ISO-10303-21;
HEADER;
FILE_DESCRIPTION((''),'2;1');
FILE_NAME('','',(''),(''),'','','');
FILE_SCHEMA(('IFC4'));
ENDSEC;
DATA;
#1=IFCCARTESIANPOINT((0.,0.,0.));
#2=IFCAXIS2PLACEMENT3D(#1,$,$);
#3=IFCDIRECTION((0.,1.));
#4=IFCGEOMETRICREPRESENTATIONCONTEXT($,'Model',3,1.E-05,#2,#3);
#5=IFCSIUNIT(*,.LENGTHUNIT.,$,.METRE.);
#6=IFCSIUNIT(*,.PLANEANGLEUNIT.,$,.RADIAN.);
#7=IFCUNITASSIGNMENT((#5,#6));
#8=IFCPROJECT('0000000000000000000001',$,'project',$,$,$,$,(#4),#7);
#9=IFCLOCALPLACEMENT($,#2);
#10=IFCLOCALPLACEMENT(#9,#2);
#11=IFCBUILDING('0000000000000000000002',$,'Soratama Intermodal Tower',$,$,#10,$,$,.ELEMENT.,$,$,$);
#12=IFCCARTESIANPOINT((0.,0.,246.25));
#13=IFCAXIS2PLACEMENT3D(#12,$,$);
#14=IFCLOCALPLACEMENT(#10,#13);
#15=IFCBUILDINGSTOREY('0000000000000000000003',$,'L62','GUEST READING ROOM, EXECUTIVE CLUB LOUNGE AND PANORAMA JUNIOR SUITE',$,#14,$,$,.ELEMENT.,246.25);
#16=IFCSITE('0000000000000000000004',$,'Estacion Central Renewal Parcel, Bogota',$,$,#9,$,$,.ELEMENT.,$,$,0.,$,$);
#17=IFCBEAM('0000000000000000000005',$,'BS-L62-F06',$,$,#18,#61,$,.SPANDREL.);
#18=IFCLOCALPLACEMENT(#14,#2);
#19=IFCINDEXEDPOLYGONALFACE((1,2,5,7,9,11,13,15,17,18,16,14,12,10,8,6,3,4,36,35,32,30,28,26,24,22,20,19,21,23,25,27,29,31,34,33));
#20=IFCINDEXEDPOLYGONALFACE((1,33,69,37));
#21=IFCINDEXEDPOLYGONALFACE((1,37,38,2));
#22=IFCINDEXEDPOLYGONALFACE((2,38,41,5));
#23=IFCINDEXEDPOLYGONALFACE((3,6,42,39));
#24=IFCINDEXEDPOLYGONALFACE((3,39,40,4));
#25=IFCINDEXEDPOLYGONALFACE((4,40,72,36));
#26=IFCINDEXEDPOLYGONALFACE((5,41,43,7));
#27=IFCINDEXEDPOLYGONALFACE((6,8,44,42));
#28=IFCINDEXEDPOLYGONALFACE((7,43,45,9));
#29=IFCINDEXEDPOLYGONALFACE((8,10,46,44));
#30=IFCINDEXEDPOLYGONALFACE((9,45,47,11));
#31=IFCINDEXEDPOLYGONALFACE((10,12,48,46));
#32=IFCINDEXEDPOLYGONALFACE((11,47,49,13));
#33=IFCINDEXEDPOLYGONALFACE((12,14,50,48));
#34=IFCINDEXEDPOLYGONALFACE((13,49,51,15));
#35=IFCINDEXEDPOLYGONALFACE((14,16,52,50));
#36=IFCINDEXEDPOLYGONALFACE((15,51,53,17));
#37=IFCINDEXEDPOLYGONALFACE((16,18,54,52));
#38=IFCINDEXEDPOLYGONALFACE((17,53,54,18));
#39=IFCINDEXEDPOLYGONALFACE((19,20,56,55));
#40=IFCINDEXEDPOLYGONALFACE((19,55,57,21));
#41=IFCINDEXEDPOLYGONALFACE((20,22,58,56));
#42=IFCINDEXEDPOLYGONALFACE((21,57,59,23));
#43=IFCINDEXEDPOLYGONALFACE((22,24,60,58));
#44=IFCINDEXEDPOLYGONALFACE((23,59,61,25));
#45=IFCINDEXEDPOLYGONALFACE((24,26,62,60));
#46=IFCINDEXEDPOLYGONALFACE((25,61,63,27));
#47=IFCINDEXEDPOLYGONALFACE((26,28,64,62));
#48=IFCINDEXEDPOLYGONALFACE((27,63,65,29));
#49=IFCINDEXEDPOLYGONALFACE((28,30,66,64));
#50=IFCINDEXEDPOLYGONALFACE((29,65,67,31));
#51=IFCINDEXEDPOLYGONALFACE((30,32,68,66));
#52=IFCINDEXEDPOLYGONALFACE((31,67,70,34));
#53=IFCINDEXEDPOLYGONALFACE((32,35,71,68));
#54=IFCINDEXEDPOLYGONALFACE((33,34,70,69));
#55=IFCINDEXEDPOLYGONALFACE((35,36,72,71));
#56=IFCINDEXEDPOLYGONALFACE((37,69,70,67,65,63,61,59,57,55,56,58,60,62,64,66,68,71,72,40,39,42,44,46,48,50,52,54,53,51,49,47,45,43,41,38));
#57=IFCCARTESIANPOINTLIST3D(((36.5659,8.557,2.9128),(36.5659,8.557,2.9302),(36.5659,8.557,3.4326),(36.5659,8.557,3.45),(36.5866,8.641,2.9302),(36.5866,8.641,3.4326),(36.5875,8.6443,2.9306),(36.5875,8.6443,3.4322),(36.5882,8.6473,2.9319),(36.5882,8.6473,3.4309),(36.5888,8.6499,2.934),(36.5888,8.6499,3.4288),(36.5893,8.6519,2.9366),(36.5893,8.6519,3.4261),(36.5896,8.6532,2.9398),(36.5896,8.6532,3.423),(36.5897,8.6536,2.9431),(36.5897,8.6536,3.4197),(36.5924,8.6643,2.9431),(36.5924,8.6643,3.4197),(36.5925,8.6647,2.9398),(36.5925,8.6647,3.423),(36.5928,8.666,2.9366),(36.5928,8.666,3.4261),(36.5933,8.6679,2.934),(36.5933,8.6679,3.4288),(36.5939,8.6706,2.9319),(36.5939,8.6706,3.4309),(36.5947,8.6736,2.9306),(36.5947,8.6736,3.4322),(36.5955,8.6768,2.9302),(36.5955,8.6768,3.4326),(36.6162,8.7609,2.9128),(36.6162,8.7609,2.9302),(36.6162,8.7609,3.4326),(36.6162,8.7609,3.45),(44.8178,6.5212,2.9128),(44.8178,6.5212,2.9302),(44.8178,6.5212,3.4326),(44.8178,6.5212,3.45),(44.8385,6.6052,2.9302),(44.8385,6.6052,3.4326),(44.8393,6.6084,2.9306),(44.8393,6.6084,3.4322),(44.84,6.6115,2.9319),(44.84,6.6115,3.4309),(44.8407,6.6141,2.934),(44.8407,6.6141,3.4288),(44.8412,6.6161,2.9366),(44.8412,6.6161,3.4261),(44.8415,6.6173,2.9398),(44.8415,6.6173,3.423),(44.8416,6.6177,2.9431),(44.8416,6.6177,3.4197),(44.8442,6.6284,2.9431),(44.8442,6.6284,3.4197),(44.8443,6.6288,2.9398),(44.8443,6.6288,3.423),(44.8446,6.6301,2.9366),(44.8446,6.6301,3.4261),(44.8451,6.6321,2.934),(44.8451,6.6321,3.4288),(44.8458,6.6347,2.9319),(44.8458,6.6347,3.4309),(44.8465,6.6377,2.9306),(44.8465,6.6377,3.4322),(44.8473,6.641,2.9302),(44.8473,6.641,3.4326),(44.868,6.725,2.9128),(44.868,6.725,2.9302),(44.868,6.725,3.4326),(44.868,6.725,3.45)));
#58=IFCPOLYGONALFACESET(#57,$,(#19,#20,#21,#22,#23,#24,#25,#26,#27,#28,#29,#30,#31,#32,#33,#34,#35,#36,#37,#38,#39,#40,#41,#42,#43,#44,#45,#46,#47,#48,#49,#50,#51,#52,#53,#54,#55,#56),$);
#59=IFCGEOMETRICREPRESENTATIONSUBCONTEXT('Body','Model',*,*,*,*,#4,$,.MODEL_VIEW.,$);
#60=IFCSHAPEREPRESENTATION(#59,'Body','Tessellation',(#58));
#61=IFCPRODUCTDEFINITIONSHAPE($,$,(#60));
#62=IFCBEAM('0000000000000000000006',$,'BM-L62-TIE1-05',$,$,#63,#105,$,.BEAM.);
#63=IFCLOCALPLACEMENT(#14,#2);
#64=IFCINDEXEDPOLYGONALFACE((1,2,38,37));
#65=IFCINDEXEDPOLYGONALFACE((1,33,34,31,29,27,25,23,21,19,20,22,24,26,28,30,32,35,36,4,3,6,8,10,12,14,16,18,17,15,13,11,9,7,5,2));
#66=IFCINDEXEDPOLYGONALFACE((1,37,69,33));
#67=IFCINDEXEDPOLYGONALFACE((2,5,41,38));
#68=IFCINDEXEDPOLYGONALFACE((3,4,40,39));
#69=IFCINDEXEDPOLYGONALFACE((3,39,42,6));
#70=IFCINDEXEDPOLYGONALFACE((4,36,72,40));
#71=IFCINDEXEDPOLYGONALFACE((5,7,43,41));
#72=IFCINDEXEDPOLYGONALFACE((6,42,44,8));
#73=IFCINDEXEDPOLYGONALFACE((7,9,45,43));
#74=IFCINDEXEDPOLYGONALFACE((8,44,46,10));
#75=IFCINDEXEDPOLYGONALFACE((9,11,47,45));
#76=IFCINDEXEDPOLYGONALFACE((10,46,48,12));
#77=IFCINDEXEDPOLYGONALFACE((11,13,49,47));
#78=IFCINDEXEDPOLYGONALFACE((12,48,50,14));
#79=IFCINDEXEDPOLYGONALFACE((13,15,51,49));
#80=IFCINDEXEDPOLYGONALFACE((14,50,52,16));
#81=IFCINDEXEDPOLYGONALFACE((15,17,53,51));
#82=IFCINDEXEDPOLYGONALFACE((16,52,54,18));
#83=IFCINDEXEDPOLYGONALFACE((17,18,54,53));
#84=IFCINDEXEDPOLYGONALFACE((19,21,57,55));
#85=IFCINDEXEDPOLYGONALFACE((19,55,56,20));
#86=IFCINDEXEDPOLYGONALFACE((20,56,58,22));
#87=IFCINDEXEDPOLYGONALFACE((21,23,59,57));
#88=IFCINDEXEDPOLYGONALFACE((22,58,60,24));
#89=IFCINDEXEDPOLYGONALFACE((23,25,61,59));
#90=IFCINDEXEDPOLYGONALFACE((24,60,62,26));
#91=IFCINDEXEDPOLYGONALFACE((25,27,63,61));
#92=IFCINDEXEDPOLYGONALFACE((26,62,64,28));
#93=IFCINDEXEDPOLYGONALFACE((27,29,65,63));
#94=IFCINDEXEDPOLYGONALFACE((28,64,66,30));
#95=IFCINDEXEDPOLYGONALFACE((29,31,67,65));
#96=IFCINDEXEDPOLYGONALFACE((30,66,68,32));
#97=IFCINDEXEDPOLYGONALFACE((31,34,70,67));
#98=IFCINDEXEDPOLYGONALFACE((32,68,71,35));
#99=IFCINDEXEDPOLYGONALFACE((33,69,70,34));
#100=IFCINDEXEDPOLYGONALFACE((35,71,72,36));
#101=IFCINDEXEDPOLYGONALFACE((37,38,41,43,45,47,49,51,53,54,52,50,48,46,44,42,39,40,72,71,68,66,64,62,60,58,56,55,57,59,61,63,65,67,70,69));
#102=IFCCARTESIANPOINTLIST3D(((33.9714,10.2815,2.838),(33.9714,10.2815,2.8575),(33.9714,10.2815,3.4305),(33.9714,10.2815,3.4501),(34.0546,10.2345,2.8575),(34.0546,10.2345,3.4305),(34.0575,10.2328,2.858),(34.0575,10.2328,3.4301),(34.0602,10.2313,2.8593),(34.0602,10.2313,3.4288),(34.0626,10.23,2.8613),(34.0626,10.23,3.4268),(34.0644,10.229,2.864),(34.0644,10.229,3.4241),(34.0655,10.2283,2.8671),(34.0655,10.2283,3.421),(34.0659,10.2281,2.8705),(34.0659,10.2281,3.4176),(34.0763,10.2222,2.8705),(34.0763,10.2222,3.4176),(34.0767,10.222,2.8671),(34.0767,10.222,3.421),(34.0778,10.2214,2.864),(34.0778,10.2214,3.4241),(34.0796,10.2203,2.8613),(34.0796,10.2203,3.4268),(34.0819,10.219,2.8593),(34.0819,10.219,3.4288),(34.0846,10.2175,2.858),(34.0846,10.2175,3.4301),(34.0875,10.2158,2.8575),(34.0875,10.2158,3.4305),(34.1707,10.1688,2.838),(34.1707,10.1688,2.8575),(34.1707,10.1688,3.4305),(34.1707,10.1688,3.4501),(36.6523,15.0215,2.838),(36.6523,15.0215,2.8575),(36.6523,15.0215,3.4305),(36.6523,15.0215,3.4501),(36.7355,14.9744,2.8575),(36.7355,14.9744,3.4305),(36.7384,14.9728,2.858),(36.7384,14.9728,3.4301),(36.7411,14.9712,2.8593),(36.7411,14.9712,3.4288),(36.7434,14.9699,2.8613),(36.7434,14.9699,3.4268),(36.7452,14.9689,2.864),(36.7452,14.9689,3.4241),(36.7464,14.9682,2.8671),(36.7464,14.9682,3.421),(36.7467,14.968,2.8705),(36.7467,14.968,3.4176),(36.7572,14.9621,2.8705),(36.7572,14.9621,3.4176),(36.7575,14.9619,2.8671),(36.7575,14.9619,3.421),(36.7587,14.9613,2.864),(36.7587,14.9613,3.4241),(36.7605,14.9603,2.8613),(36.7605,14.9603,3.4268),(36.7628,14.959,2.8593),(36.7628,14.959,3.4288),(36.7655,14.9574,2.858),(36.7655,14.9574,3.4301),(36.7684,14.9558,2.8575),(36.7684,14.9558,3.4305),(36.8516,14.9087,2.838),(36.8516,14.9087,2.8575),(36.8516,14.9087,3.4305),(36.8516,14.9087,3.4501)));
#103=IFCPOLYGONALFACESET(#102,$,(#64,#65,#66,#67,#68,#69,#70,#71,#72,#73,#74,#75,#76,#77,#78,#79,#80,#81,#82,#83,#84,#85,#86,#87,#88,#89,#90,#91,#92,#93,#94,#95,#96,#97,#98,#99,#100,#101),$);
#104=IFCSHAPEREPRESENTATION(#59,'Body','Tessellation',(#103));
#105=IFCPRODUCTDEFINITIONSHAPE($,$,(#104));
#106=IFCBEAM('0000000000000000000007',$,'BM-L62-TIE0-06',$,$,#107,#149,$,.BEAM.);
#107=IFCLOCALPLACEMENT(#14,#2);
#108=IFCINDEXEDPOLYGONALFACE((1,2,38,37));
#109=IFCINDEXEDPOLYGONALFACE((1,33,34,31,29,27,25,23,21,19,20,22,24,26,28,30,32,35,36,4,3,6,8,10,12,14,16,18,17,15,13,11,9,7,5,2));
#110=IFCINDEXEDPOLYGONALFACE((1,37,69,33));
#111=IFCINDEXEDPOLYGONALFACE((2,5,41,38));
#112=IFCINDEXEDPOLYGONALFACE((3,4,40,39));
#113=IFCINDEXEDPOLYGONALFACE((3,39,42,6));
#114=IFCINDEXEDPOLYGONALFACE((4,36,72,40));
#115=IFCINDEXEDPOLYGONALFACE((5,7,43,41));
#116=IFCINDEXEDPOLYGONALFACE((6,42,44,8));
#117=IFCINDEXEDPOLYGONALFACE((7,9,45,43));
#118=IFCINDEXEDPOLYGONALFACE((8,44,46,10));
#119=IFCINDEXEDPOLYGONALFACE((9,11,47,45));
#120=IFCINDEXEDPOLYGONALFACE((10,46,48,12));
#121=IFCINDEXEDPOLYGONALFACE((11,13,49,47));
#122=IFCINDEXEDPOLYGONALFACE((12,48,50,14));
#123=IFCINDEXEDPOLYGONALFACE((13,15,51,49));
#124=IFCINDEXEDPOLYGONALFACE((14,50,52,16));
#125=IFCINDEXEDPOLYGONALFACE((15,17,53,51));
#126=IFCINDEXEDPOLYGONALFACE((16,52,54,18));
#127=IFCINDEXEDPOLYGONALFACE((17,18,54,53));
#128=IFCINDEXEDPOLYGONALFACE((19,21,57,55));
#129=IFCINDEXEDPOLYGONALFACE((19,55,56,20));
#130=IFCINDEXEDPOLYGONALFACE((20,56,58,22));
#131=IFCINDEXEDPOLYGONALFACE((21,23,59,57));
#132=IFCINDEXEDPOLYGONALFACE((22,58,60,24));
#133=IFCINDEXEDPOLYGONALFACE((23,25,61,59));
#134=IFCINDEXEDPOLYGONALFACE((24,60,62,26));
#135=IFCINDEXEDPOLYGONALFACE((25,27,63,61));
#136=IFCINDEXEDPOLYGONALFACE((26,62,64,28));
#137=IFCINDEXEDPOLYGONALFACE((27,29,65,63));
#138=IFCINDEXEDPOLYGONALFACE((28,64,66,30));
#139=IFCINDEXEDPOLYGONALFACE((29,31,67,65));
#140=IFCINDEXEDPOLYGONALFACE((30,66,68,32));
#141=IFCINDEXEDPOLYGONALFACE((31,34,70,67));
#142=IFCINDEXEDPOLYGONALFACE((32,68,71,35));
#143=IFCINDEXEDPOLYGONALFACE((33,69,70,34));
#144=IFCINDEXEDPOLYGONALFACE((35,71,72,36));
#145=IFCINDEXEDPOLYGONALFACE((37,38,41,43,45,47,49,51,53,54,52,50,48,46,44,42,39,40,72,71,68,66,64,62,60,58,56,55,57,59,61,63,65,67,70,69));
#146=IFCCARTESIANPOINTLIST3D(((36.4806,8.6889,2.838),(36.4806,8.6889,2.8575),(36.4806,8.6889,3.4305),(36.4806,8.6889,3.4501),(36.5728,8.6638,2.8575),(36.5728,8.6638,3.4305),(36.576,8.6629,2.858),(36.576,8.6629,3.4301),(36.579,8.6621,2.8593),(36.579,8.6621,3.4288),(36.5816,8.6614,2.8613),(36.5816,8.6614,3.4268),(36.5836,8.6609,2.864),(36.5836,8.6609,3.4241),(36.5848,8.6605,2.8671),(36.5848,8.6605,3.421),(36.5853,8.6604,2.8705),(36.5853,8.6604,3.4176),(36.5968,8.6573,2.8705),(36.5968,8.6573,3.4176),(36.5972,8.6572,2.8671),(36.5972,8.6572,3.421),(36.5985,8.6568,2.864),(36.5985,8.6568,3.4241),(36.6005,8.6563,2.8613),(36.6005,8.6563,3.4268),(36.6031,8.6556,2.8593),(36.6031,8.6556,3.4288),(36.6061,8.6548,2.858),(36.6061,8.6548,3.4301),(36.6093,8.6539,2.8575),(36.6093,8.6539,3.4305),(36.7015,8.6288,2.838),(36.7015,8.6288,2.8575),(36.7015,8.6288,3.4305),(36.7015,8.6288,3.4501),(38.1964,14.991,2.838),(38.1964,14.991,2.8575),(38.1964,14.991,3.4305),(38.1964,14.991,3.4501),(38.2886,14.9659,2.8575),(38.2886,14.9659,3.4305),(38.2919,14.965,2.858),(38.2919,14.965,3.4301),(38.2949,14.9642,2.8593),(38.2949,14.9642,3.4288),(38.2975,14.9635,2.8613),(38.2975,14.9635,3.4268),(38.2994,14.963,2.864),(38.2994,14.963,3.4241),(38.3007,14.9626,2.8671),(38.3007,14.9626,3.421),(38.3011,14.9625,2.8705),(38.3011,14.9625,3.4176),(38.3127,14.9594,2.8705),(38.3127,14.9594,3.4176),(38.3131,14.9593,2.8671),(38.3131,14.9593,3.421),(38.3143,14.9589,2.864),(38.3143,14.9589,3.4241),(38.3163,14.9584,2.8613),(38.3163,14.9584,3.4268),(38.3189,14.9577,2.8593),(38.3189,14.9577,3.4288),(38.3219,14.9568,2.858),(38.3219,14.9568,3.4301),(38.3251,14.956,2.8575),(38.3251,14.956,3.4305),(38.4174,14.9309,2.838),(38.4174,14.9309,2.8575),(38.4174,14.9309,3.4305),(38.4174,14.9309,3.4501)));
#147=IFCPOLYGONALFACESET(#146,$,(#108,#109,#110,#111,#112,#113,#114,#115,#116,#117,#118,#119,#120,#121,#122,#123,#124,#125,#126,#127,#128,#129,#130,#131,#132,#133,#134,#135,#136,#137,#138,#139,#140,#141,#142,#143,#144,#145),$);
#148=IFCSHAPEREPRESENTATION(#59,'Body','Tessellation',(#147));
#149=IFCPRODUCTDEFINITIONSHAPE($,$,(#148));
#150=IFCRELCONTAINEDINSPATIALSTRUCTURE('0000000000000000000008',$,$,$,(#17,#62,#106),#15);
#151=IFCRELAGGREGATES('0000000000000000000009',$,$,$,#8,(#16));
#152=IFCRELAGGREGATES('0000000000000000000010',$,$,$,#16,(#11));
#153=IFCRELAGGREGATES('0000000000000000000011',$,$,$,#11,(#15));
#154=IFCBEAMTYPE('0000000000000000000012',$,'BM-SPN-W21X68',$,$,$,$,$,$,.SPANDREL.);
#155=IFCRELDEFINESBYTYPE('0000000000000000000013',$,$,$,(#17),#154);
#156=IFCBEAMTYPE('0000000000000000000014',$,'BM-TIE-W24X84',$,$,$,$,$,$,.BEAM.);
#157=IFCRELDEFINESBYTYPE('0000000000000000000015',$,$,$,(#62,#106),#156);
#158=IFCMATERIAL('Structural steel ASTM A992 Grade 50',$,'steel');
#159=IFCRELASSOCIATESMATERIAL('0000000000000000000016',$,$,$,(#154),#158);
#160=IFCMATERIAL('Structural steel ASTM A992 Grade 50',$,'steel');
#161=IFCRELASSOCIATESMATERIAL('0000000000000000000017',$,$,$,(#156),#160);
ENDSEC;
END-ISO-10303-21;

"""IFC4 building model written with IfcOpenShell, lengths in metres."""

from ifc_helpers import new_model, si_unit, direction, frame, origin, origin_2d, place, context, subcontext, project, spatial, i_section, extrude, material, material_profile, profile_set, type_object, element, save


model = new_model("IFC4")

# Units and contexts
model_context = context("Model", 3, precision=1e-05, world=origin(), true_north=direction((0.0, 1.0)))
body_context = subcontext(model_context, "Body", "Model", "MODEL_VIEW")
ifc_project = project(units=[si_unit("LENGTHUNIT", "METRE"), si_unit("PLANEANGLEUNIT", "RADIAN")], contexts=[model_context])

# Site, building, storey
site_placement = place(None, origin())
site = spatial("IfcSite", under=ifc_project, at=site_placement, Name="Estacion Central Renewal Parcel, Bogota", CompositionType="ELEMENT", RefElevation=0.0)
building_placement = place(site_placement, origin())
building = spatial("IfcBuilding", under=site, at=building_placement, Name="Soratama Intermodal Tower", CompositionType="ELEMENT")
storey_placement = place(building_placement, frame((0.0, 0.0, 246.25)))
storey = spatial("IfcBuildingStorey", under=building, at=storey_placement, Name="L62", Description="GUEST READING ROOM, EXECUTIVE CLUB LOUNGE AND PANORAMA JUNIOR SUITE", CompositionType="ELEMENT", Elevation=246.25)

# Beams
ifc_material_1 = material(Name="Structural steel ASTM A992 Grade 50", Category="steel")
ifc_material_profile_1 = material_profile(ifc_material_1, i_section(OverallWidth=0.21, OverallDepth=0.5371, WebThickness=0.011, FlangeThickness=0.0173, FilletRadius=0.0129, at=origin_2d()), Name="W21X68")
ifc_profile_set_1 = profile_set([ifc_material_profile_1], Name="Structural steel ASTM A992 Grade 50")
beam_type_1 = type_object("IfcBeamType", Name="BM-SPN-W21X68", PredefinedType="SPANDREL", material=ifc_profile_set_1)
beam_1_placement = place(storey_placement, frame((36.5911, 8.6589, 3.1814), z_axis=(0.970888, -0.239534, 0.0), x_axis=(0.239534, 0.970888, 0.0)))
element("IfcBeam", 1, at=beam_1_placement, inside=storey, type_object=beam_type_1, Name="BS-L62-F06", PredefinedType="SPANDREL", context=body_context, shape_type="SweptSolid", body=[
    extrude(i_section(OverallWidth=0.21, OverallDepth=0.5371, WebThickness=0.011, FlangeThickness=0.0173, FilletRadius=0.0129, at=origin_2d()), origin(), (0.0, 0.0, 1.0), 8.4993),
])
ifc_material_2 = material(Name="Structural steel ASTM A992 Grade 50", Category="steel")
ifc_material_profile_2 = material_profile(ifc_material_2, i_section(OverallWidth=0.229, OverallDepth=0.6121, WebThickness=0.012, FlangeThickness=0.0195, FilletRadius=0.0129, at=origin_2d()), Name="W24X84")
ifc_profile_set_2 = profile_set([ifc_material_profile_2], Name="Structural steel ASTM A992 Grade 50")
beam_type_2 = type_object("IfcBeamType", Name="BM-TIE-W24X84", PredefinedType="BEAM", material=ifc_profile_set_2)
beam_2_placement = place(storey_placement, frame((36.752, 14.9651, 3.144), z_axis=(-0.492305, -0.870423, 0.0), x_axis=(0.870423, -0.492305, 0.0)))
element("IfcBeam", 2, at=beam_2_placement, inside=storey, type_object=beam_type_2, Name="BM-L62-TIE1-05", PredefinedType="BEAM", context=body_context, shape_type="SweptSolid", body=[
    extrude(i_section(OverallWidth=0.229, OverallDepth=0.6121, WebThickness=0.012, FlangeThickness=0.0195, FilletRadius=0.0129, at=origin_2d()), origin(), (0.0, 0.0, 1.0), 5.4456),
])
beam_3_placement = place(storey_placement, frame((38.3069, 14.9609, 3.144), z_axis=(-0.262703, -0.964877, 0.0), x_axis=(0.964877, -0.262703, 0.0)))
element("IfcBeam", 3, at=beam_3_placement, inside=storey, type_object=beam_type_2, Name="BM-L62-TIE0-06", PredefinedType="BEAM", context=body_context, shape_type="SweptSolid", body=[
    extrude(i_section(OverallWidth=0.229, OverallDepth=0.6121, WebThickness=0.012, FlangeThickness=0.0195, FilletRadius=0.0129, at=origin_2d()), origin(), (0.0, 0.0, 1.0), 6.5315),
])

save(model, "model.ifc")
